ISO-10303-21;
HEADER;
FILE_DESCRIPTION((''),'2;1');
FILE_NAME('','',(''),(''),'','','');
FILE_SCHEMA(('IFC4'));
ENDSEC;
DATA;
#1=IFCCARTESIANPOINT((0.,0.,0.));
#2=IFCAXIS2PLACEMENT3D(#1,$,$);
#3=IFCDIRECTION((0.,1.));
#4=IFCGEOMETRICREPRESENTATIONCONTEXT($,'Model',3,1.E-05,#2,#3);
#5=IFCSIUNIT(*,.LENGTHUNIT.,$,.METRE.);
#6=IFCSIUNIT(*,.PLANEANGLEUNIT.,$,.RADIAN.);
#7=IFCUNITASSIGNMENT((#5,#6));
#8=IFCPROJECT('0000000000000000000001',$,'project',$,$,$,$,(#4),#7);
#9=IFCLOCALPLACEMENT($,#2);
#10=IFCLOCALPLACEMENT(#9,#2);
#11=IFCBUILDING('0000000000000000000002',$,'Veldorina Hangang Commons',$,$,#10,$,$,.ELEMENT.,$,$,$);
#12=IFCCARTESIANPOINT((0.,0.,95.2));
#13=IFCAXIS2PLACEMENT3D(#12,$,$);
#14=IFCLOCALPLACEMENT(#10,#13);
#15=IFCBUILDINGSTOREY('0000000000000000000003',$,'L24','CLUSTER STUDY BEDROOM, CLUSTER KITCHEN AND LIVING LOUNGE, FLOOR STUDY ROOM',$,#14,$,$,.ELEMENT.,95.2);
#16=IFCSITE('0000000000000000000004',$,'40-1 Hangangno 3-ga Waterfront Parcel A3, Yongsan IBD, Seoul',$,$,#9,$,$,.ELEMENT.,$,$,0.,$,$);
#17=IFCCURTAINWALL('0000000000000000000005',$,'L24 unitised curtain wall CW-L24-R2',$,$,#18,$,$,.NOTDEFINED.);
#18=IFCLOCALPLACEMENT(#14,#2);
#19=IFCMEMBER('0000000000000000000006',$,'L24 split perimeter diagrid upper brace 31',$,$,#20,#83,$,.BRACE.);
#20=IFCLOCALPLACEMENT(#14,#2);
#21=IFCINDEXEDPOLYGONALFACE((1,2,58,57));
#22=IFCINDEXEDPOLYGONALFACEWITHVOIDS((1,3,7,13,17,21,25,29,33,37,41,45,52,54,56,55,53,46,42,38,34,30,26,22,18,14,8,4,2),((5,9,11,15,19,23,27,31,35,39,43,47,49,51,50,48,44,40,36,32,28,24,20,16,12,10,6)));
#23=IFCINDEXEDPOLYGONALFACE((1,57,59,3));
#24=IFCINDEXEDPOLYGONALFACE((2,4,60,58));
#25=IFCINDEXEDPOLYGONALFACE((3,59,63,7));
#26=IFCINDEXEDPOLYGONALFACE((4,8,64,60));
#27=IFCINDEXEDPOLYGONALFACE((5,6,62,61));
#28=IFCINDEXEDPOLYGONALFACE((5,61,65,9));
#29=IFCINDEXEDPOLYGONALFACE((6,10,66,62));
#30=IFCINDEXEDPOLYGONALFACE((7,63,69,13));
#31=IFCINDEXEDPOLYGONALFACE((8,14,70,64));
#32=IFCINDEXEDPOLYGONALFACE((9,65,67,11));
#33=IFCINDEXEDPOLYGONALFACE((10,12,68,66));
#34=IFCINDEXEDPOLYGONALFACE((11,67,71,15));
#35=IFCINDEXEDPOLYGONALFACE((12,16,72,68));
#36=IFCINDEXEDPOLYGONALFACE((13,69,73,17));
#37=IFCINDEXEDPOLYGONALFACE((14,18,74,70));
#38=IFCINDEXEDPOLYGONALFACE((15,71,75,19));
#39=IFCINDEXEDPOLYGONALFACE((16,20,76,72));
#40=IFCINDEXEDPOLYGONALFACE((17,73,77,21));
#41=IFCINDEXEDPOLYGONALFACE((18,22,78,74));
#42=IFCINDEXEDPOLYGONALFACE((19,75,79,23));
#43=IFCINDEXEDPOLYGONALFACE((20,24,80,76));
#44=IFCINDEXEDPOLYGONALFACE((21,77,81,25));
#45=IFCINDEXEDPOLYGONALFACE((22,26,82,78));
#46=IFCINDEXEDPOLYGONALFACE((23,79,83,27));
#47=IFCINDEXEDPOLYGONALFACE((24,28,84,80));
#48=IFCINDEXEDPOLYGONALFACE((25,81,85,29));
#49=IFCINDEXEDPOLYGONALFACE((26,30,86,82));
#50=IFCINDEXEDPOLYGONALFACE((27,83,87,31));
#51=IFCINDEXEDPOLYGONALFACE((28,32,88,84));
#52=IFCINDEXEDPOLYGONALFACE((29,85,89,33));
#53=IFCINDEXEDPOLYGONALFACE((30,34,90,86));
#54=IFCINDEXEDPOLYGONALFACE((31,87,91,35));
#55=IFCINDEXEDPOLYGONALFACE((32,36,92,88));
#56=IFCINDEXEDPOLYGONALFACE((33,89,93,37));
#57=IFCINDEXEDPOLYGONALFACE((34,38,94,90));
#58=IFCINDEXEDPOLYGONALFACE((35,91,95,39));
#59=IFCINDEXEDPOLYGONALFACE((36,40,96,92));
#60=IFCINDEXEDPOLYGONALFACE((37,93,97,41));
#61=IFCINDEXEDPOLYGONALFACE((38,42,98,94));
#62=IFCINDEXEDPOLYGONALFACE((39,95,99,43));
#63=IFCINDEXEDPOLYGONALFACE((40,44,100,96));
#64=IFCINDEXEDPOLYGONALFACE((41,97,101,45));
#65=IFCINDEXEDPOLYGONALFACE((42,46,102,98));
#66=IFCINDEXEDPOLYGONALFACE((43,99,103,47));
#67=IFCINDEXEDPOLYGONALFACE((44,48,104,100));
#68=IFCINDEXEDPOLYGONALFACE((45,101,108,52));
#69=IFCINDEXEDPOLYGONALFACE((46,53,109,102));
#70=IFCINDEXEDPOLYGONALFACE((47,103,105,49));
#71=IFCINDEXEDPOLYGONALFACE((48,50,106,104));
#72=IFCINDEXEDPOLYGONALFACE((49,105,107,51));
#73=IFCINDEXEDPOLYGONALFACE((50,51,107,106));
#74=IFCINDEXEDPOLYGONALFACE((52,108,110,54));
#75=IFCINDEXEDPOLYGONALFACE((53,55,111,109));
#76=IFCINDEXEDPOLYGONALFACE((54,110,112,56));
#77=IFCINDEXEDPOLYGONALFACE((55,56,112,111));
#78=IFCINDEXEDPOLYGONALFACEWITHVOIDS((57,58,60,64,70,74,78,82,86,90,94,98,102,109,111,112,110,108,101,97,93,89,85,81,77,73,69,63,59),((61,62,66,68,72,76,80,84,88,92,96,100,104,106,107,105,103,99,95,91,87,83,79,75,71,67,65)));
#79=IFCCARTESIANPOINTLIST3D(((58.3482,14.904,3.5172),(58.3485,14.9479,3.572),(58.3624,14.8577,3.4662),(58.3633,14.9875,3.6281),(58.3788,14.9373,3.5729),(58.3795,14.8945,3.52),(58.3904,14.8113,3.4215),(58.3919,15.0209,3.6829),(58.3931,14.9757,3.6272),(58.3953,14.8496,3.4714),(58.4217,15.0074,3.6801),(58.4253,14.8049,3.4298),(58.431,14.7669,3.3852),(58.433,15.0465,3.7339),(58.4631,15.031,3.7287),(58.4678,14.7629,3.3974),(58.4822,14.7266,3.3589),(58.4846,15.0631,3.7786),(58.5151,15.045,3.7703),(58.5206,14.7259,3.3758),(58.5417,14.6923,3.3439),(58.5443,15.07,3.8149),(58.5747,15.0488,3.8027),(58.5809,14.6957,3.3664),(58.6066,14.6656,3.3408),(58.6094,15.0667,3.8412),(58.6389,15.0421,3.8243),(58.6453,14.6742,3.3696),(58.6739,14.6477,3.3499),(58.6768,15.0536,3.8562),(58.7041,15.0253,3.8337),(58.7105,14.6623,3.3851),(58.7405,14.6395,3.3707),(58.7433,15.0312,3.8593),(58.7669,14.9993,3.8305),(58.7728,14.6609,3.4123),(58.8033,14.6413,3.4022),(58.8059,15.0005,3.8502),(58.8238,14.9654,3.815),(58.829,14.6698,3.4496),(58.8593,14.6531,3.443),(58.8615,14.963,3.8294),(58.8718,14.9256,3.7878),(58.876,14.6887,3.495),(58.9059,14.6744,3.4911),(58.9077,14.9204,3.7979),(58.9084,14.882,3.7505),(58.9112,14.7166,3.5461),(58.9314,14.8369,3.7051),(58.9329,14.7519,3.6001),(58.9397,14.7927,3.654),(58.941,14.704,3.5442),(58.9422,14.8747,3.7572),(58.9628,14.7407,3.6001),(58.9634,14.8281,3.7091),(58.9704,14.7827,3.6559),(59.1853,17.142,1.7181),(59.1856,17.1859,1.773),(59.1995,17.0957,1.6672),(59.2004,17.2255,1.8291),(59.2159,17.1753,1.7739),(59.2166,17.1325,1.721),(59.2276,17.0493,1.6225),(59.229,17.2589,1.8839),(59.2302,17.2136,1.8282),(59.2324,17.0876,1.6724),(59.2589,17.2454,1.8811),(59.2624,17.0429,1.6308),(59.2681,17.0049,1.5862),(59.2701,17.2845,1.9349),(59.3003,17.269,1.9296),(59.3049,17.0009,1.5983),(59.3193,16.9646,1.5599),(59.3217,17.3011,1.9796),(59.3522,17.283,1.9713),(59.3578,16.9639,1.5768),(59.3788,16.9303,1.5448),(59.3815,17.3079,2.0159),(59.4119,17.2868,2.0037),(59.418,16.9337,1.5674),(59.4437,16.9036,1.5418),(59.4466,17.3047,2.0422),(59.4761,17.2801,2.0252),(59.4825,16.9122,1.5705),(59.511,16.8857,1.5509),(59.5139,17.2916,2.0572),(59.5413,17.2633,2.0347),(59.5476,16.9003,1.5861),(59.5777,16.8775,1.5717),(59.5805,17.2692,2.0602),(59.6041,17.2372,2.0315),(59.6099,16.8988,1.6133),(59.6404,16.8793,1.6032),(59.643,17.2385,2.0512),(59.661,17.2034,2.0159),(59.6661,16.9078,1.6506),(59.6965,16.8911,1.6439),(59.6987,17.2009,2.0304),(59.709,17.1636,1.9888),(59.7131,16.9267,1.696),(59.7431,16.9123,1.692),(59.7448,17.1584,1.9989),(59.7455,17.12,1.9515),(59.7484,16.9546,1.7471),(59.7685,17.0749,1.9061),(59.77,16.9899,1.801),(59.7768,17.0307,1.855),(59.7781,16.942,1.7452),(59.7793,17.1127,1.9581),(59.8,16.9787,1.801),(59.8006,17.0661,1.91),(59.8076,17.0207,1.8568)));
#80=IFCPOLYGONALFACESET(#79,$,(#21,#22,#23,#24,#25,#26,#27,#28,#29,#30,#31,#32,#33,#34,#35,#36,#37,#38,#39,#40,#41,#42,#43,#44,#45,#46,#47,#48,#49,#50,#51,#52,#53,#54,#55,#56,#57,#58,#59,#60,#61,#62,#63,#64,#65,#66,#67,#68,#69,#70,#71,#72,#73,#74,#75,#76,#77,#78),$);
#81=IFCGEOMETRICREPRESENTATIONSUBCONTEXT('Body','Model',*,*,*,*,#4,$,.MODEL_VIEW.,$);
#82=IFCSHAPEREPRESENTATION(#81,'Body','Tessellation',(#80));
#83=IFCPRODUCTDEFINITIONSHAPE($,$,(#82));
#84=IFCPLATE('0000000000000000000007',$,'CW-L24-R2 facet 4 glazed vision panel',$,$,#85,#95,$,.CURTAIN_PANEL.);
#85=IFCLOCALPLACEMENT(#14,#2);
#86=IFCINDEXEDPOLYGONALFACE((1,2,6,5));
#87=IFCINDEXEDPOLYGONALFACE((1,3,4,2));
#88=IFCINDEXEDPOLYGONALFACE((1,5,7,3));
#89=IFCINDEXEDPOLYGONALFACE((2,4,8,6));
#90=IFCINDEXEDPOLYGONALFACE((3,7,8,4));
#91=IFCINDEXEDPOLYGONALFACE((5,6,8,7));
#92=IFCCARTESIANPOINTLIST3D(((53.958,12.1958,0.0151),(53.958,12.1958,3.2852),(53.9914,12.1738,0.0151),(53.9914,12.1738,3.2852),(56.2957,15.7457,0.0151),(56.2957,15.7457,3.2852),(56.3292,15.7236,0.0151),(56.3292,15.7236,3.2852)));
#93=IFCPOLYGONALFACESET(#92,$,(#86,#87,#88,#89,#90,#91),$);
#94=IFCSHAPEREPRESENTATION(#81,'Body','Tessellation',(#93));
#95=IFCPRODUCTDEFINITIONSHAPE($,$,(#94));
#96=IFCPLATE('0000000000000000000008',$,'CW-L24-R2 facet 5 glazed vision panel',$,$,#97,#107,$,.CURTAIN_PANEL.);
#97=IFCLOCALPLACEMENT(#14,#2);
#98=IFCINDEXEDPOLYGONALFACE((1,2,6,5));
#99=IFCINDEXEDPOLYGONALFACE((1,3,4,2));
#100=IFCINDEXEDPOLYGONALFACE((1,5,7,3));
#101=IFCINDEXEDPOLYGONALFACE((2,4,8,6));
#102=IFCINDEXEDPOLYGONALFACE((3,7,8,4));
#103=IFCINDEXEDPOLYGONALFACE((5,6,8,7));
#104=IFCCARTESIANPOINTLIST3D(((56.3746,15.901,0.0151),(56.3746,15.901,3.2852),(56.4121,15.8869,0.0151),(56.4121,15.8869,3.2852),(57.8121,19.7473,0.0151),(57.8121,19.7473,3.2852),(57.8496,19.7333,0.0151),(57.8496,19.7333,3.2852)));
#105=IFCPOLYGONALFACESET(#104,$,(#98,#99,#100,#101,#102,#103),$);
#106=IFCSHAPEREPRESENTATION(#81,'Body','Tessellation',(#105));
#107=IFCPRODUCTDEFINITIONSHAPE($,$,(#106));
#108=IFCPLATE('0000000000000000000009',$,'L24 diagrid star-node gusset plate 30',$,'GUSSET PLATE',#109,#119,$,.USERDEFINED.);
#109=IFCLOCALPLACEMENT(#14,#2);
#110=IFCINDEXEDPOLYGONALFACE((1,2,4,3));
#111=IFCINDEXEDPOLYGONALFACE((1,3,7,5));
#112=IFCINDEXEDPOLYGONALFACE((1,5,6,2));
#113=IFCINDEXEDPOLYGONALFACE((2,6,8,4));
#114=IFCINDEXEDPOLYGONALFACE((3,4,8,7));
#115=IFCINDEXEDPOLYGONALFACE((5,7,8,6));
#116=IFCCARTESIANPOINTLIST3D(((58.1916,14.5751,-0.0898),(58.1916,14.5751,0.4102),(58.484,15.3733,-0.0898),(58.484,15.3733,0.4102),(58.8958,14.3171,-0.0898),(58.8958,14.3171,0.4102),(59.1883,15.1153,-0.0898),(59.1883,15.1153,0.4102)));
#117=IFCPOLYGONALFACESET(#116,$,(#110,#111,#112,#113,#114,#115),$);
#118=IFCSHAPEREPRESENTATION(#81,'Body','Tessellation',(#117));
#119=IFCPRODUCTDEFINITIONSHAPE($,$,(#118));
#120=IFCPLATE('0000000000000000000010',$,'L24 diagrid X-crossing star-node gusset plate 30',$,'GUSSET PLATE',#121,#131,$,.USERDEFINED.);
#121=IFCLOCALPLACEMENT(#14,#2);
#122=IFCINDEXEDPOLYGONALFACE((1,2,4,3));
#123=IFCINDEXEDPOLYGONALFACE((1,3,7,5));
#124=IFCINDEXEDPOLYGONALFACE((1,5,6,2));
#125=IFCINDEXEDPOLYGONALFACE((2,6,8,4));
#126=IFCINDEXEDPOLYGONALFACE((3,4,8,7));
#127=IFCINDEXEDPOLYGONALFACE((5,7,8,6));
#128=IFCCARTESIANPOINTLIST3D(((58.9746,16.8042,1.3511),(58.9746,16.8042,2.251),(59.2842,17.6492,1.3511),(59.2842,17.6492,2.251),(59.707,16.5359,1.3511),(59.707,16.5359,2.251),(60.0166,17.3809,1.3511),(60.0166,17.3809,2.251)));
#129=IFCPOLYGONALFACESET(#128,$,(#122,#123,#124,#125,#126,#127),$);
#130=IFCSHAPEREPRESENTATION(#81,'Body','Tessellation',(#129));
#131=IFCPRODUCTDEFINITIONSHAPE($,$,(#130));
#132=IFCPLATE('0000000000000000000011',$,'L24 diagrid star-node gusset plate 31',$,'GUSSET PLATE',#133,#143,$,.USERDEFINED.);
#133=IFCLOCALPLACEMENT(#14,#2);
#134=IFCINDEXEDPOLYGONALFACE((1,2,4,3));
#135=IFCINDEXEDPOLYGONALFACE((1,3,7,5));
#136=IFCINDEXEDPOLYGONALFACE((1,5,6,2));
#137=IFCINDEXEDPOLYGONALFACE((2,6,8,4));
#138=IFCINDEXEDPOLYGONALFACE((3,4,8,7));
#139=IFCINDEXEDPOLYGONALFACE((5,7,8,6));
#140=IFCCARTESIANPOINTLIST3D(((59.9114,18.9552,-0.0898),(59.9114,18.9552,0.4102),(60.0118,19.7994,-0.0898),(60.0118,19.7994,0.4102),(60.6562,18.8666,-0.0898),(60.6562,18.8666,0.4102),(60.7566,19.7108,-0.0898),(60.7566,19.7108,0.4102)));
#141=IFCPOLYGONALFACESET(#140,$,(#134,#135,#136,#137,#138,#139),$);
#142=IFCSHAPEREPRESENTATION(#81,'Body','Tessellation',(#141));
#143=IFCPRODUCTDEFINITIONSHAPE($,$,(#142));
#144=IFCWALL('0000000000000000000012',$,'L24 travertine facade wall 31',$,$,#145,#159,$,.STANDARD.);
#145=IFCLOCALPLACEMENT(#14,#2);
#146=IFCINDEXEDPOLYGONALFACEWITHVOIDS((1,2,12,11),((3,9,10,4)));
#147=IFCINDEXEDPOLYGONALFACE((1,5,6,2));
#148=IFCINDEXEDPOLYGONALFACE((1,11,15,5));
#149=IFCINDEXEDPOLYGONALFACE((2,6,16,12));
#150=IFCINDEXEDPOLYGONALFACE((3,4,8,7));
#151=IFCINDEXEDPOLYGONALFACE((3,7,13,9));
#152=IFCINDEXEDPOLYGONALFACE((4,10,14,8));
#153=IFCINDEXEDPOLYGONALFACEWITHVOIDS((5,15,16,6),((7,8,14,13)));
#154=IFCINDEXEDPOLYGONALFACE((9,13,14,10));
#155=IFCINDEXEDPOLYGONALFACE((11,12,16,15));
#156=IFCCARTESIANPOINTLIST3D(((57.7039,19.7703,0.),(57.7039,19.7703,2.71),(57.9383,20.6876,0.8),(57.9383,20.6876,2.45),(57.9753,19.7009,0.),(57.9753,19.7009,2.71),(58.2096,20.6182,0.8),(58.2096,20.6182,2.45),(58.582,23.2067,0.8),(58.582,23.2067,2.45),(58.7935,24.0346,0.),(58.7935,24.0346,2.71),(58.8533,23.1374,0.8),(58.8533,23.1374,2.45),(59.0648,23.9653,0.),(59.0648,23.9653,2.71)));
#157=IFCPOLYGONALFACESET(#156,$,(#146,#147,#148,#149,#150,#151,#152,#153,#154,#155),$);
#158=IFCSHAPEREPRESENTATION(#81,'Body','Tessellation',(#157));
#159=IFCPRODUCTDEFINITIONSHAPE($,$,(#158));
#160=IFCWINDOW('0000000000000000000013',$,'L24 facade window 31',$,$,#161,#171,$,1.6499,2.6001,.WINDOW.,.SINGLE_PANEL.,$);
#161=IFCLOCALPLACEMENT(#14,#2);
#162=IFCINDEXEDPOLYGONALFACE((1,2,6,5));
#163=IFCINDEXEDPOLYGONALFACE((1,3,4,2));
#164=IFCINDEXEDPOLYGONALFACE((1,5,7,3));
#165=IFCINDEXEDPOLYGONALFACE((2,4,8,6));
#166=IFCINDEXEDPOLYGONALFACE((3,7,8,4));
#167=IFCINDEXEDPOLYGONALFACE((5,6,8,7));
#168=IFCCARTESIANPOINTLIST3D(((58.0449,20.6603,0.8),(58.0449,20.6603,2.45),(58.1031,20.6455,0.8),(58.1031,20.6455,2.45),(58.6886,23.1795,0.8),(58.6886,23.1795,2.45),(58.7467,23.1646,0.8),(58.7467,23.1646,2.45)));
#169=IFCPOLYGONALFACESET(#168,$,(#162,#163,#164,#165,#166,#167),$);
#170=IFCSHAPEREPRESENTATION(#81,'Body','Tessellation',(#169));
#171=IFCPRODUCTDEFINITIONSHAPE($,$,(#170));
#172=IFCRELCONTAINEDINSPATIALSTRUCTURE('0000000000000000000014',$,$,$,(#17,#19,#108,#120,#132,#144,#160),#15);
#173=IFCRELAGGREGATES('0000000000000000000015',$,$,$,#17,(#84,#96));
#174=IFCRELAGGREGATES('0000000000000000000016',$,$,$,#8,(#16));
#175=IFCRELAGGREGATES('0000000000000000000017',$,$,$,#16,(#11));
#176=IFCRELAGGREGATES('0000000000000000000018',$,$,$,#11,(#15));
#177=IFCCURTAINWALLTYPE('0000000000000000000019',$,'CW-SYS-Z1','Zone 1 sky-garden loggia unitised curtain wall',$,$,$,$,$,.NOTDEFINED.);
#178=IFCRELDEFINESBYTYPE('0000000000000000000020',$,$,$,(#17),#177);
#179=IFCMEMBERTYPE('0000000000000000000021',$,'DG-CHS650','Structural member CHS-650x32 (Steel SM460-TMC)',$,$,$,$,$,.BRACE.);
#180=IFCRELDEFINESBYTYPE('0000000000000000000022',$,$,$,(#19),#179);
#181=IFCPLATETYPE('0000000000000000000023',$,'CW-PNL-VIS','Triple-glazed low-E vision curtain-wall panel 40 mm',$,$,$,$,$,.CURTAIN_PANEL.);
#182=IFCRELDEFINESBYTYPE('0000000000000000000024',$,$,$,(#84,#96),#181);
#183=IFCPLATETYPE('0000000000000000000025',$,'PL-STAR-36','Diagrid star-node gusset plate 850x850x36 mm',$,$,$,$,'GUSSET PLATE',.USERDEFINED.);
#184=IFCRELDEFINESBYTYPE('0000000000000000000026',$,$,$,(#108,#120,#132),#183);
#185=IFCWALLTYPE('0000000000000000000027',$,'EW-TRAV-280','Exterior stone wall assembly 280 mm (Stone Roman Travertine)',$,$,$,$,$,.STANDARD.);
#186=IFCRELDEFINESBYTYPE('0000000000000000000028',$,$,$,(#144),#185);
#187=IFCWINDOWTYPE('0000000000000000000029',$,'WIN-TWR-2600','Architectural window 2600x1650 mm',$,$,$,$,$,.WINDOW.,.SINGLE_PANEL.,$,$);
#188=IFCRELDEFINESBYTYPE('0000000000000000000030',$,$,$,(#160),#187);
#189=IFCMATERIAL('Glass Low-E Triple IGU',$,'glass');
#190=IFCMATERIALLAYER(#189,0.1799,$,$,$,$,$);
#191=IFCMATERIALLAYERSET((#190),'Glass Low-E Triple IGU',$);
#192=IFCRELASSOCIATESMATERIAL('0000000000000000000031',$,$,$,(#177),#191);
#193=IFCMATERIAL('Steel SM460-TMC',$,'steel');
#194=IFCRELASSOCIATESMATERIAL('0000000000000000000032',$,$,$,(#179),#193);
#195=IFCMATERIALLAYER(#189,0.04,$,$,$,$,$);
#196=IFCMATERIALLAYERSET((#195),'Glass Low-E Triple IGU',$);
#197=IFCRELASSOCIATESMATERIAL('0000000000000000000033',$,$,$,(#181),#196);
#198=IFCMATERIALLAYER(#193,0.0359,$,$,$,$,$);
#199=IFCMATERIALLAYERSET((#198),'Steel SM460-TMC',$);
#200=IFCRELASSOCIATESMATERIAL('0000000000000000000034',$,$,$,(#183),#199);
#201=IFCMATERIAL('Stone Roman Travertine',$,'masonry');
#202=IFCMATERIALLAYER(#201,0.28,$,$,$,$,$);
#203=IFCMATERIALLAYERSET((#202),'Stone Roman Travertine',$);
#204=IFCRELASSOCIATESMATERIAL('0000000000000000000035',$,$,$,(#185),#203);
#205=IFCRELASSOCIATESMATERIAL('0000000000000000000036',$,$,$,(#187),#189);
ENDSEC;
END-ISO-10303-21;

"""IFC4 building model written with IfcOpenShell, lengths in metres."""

from ifc_helpers import new_model, si_unit, direction, frame, frame_2d, origin, origin_2d, place, context, subcontext, project, spatial, rectangle, hollow_circle, extrude, material, layer, layer_set, material_profile, profile_set, type_object, element, fill, aggregate, save


model = new_model("IFC4")

# Units and contexts
model_context = context("Model", 3, precision=1e-05, world=origin(), true_north=direction((0.0, 1.0)))
body_context = subcontext(model_context, "Body", "Model", "MODEL_VIEW")
ifc_project = project(units=[si_unit("LENGTHUNIT", "METRE"), si_unit("PLANEANGLEUNIT", "RADIAN")], contexts=[model_context])

# Site, building, storey
site_placement = place(None, origin())
site = spatial("IfcSite", under=ifc_project, at=site_placement, Name="40-1 Hangangno 3-ga Waterfront Parcel A3, Yongsan IBD, Seoul", CompositionType="ELEMENT", RefElevation=0.0)
building_placement = place(site_placement, origin())
building = spatial("IfcBuilding", under=site, at=building_placement, Name="Veldorina Hangang Commons", CompositionType="ELEMENT")
storey_placement = place(building_placement, frame((0.0, 0.0, 95.2)))
storey = spatial("IfcBuildingStorey", under=building, at=storey_placement, Name="L24", Description="CLUSTER STUDY BEDROOM, CLUSTER KITCHEN AND LIVING LOUNGE, FLOOR STUDY ROOM", CompositionType="ELEMENT", Elevation=95.2)

# Curtain wall
ifc_material_1 = material(Name="Glass Low-E Triple IGU", Category="glass")
ifc_layer_1 = layer(ifc_material_1, 0.1799)
ifc_layer_set_1 = layer_set([ifc_layer_1], Name="Glass Low-E Triple IGU")
curtain_wall_type = type_object("IfcCurtainWallType", Name="CW-SYS-Z1", Description="Zone 1 sky-garden loggia unitised curtain wall", PredefinedType="NOTDEFINED", material=ifc_layer_set_1)
curtain_wall_placement = place(storey_placement, origin())
curtain_wall = element("IfcCurtainWall", 1, at=curtain_wall_placement, inside=storey, type_object=curtain_wall_type, Name="L24 unitised curtain wall CW-L24-R2", PredefinedType="NOTDEFINED")

# Member
ifc_material_2 = material(Name="Steel SM460-TMC", Category="steel")
ifc_material_profile_1 = material_profile(ifc_material_2, hollow_circle(Radius=0.325, WallThickness=0.032, at=origin_2d()), Name="CHS-650x32")
ifc_profile_set_1 = profile_set([ifc_material_profile_1], Name="Steel SM460-TMC")
member_type_1 = type_object("IfcMemberType", Name="DG-CHS650", Description="Structural member CHS-650x32 (Steel SM460-TMC)", PredefinedType="BRACE", material=ifc_profile_set_1)
member_1_placement = place(storey_placement, frame((59.4956, 17.0925, 1.801), z_axis=(-0.279889, -0.748248, 0.601488), x_axis=(0.936619, -0.350351, 0.0)))
element("IfcMember", 2, at=member_1_placement, inside=storey, type_object=member_type_1, Name="L24 split perimeter diagrid upper brace 31", PredefinedType="BRACE", context=body_context, shape_type="SweptSolid", body=[
    extrude(hollow_circle(Radius=0.325, WallThickness=0.032, at=origin_2d()), origin(), (0.0, 0.0, 1.0), 2.991),
])

# Plates
ifc_layer_2 = layer(ifc_material_1, 0.04)
ifc_layer_set_2 = layer_set([ifc_layer_2], Name="Glass Low-E Triple IGU")
plate_type_1 = type_object("IfcPlateType", Name="CW-PNL-VIS", Description="Triple-glazed low-E vision curtain-wall panel 40 mm", PredefinedType="CURTAIN_PANEL", material=ifc_layer_set_2)
plate_1_placement = place(storey_placement, frame((55.1436, 13.9597, 0.0151), z_axis=(0.0, 0.0, 1.0), x_axis=(0.55, 0.835165, 0.0)))
plate_1 = element("IfcPlate", 3, at=plate_1_placement, type_object=plate_type_1, Name="CW-L24-R2 facet 4 glazed vision panel", PredefinedType="CURTAIN_PANEL", context=body_context, shape_type="SweptSolid", body=[
    extrude(rectangle(XDim=4.2505, YDim=0.04, at=origin_2d()), origin(), (0.0, 0.0, 1.0), 3.27),
])
plate_2_placement = place(storey_placement, frame((57.1121, 17.8171, 0.0151), z_axis=(0.0, 0.0, 1.0), x_axis=(0.350077, 0.936721, 0.0)))
plate_2 = element("IfcPlate", 4, at=plate_2_placement, type_object=plate_type_1, Name="CW-L24-R2 facet 5 glazed vision panel", PredefinedType="CURTAIN_PANEL", context=body_context, shape_type="SweptSolid", body=[
    extrude(rectangle(XDim=4.1062, YDim=0.04, at=origin_2d()), origin(), (0.0, 0.0, 1.0), 3.27),
])
aggregate(curtain_wall, [plate_1, plate_2])

# Plates
ifc_layer_3 = layer(ifc_material_2, 0.0359)
ifc_layer_set_3 = layer_set([ifc_layer_3], Name="Steel SM460-TMC")
plate_type_2 = type_object("IfcPlateType", Name="PL-STAR-36", Description="Diagrid star-node gusset plate 850x850x36 mm", ElementType="GUSSET PLATE", PredefinedType="USERDEFINED", material=ifc_layer_set_3)
plate_3_placement = place(storey_placement, frame((58.6899, 14.8452, -0.0898), z_axis=(0.0, 0.0, 1.0), x_axis=(0.343987, 0.938974, 0.0)))
element("IfcPlate", 5, at=plate_3_placement, inside=storey, type_object=plate_type_2, Name="L24 diagrid star-node gusset plate 30", ObjectType="GUSSET PLATE", PredefinedType="USERDEFINED", context=body_context, shape_type="SweptSolid", body=[
    extrude(rectangle(XDim=0.8501, YDim=0.75, at=origin_2d()), origin(), (0.0, 0.0, 1.0), 0.5),
])
plate_4_placement = place(storey_placement, frame((59.4956, 17.0925, 1.3511), z_axis=(0.0, 0.0, 1.0), x_axis=(0.343987, 0.938974, 0.0)))
element("IfcPlate", 6, at=plate_4_placement, inside=storey, type_object=plate_type_2, Name="L24 diagrid X-crossing star-node gusset plate 30", ObjectType="GUSSET PLATE", PredefinedType="USERDEFINED", context=body_context, shape_type="SweptSolid", body=[
    extrude(rectangle(XDim=0.8999, YDim=0.78, at=origin_2d()), origin(), (0.0, 0.0, 1.0), 0.8999),
])
plate_5_placement = place(storey_placement, frame((60.334, 19.333, -0.0898), z_axis=(0.0, 0.0, 1.0), x_axis=(0.118109, 0.993001, 0.0)))
element("IfcPlate", 7, at=plate_5_placement, inside=storey, type_object=plate_type_2, Name="L24 diagrid star-node gusset plate 31", ObjectType="GUSSET PLATE", PredefinedType="USERDEFINED", context=body_context, shape_type="SweptSolid", body=[
    extrude(rectangle(XDim=0.8501, YDim=0.75, at=origin_2d()), origin(), (0.0, 0.0, 1.0), 0.5),
])

# Wall, opening, window
ifc_material_3 = material(Name="Stone Roman Travertine", Category="masonry")
ifc_layer_4 = layer(ifc_material_3, 0.28)
ifc_layer_set_4 = layer_set([ifc_layer_4], Name="Stone Roman Travertine")
wall_type_1 = type_object("IfcWallType", Name="EW-TRAV-280", Description="Exterior stone wall assembly 280 mm (Stone Roman Travertine)", PredefinedType="STANDARD", material=ifc_layer_set_4)
wall_1_placement = place(storey_placement, frame((57.8396, 19.7356, 0.0), z_axis=(0.0, 0.0, 1.0), x_axis=(0.247557, 0.968873, 0.0)))
wall_1 = element("IfcWall", 8, at=wall_1_placement, inside=storey, type_object=wall_type_1, Name="L24 travertine facade wall 31", PredefinedType="STANDARD", context=body_context, shape_type="SweptSolid", body=[
    extrude(rectangle(XDim=4.4014, YDim=0.28, at=frame_2d((2.2007, 0.0))), origin(), (0.0, 0.0, 1.0), 2.71),
])
opening_1_placement = place(wall_1_placement, frame((0.9468, 0.0, 0.8)))
opening_1 = element("IfcOpeningElement", 9, at=opening_1_placement, cuts=wall_1, PredefinedType="OPENING", context=body_context, shape_type="SweptSolid", body=[
    extrude(rectangle(XDim=2.6001, YDim=1.6499, at=frame_2d((1.3, 0.825))), frame((0.0, 0.1499, 0.0), z_axis=(0.0, -1.0, 0.0), x_axis=(1.0, 0.0, 0.0)), (0.0, 0.0, 1.0), 0.3),
])
window_type = type_object("IfcWindowType", Name="WIN-TWR-2600", Description="Architectural window 2600x1650 mm", PartitioningType="SINGLE_PANEL", PredefinedType="WINDOW", material=ifc_material_1)
window_placement = place(opening_1_placement, origin())
window = element("IfcWindow", 10, at=window_placement, inside=storey, type_object=window_type, Name="L24 facade window 31", OverallHeight=1.6499, OverallWidth=2.6001, PartitioningType="SINGLE_PANEL", PredefinedType="WINDOW", context=body_context, shape_type="SweptSolid", body=[
    extrude(rectangle(XDim=2.6001, YDim=1.6499, at=frame_2d((1.3, 0.825))), frame((0.0, 0.03, 0.0), z_axis=(0.0, -1.0, 0.0), x_axis=(1.0, 0.0, 0.0)), (0.0, 0.0, 1.0), 0.0601),
])
fill(opening_1, window)

save(model, "model.ifc")
